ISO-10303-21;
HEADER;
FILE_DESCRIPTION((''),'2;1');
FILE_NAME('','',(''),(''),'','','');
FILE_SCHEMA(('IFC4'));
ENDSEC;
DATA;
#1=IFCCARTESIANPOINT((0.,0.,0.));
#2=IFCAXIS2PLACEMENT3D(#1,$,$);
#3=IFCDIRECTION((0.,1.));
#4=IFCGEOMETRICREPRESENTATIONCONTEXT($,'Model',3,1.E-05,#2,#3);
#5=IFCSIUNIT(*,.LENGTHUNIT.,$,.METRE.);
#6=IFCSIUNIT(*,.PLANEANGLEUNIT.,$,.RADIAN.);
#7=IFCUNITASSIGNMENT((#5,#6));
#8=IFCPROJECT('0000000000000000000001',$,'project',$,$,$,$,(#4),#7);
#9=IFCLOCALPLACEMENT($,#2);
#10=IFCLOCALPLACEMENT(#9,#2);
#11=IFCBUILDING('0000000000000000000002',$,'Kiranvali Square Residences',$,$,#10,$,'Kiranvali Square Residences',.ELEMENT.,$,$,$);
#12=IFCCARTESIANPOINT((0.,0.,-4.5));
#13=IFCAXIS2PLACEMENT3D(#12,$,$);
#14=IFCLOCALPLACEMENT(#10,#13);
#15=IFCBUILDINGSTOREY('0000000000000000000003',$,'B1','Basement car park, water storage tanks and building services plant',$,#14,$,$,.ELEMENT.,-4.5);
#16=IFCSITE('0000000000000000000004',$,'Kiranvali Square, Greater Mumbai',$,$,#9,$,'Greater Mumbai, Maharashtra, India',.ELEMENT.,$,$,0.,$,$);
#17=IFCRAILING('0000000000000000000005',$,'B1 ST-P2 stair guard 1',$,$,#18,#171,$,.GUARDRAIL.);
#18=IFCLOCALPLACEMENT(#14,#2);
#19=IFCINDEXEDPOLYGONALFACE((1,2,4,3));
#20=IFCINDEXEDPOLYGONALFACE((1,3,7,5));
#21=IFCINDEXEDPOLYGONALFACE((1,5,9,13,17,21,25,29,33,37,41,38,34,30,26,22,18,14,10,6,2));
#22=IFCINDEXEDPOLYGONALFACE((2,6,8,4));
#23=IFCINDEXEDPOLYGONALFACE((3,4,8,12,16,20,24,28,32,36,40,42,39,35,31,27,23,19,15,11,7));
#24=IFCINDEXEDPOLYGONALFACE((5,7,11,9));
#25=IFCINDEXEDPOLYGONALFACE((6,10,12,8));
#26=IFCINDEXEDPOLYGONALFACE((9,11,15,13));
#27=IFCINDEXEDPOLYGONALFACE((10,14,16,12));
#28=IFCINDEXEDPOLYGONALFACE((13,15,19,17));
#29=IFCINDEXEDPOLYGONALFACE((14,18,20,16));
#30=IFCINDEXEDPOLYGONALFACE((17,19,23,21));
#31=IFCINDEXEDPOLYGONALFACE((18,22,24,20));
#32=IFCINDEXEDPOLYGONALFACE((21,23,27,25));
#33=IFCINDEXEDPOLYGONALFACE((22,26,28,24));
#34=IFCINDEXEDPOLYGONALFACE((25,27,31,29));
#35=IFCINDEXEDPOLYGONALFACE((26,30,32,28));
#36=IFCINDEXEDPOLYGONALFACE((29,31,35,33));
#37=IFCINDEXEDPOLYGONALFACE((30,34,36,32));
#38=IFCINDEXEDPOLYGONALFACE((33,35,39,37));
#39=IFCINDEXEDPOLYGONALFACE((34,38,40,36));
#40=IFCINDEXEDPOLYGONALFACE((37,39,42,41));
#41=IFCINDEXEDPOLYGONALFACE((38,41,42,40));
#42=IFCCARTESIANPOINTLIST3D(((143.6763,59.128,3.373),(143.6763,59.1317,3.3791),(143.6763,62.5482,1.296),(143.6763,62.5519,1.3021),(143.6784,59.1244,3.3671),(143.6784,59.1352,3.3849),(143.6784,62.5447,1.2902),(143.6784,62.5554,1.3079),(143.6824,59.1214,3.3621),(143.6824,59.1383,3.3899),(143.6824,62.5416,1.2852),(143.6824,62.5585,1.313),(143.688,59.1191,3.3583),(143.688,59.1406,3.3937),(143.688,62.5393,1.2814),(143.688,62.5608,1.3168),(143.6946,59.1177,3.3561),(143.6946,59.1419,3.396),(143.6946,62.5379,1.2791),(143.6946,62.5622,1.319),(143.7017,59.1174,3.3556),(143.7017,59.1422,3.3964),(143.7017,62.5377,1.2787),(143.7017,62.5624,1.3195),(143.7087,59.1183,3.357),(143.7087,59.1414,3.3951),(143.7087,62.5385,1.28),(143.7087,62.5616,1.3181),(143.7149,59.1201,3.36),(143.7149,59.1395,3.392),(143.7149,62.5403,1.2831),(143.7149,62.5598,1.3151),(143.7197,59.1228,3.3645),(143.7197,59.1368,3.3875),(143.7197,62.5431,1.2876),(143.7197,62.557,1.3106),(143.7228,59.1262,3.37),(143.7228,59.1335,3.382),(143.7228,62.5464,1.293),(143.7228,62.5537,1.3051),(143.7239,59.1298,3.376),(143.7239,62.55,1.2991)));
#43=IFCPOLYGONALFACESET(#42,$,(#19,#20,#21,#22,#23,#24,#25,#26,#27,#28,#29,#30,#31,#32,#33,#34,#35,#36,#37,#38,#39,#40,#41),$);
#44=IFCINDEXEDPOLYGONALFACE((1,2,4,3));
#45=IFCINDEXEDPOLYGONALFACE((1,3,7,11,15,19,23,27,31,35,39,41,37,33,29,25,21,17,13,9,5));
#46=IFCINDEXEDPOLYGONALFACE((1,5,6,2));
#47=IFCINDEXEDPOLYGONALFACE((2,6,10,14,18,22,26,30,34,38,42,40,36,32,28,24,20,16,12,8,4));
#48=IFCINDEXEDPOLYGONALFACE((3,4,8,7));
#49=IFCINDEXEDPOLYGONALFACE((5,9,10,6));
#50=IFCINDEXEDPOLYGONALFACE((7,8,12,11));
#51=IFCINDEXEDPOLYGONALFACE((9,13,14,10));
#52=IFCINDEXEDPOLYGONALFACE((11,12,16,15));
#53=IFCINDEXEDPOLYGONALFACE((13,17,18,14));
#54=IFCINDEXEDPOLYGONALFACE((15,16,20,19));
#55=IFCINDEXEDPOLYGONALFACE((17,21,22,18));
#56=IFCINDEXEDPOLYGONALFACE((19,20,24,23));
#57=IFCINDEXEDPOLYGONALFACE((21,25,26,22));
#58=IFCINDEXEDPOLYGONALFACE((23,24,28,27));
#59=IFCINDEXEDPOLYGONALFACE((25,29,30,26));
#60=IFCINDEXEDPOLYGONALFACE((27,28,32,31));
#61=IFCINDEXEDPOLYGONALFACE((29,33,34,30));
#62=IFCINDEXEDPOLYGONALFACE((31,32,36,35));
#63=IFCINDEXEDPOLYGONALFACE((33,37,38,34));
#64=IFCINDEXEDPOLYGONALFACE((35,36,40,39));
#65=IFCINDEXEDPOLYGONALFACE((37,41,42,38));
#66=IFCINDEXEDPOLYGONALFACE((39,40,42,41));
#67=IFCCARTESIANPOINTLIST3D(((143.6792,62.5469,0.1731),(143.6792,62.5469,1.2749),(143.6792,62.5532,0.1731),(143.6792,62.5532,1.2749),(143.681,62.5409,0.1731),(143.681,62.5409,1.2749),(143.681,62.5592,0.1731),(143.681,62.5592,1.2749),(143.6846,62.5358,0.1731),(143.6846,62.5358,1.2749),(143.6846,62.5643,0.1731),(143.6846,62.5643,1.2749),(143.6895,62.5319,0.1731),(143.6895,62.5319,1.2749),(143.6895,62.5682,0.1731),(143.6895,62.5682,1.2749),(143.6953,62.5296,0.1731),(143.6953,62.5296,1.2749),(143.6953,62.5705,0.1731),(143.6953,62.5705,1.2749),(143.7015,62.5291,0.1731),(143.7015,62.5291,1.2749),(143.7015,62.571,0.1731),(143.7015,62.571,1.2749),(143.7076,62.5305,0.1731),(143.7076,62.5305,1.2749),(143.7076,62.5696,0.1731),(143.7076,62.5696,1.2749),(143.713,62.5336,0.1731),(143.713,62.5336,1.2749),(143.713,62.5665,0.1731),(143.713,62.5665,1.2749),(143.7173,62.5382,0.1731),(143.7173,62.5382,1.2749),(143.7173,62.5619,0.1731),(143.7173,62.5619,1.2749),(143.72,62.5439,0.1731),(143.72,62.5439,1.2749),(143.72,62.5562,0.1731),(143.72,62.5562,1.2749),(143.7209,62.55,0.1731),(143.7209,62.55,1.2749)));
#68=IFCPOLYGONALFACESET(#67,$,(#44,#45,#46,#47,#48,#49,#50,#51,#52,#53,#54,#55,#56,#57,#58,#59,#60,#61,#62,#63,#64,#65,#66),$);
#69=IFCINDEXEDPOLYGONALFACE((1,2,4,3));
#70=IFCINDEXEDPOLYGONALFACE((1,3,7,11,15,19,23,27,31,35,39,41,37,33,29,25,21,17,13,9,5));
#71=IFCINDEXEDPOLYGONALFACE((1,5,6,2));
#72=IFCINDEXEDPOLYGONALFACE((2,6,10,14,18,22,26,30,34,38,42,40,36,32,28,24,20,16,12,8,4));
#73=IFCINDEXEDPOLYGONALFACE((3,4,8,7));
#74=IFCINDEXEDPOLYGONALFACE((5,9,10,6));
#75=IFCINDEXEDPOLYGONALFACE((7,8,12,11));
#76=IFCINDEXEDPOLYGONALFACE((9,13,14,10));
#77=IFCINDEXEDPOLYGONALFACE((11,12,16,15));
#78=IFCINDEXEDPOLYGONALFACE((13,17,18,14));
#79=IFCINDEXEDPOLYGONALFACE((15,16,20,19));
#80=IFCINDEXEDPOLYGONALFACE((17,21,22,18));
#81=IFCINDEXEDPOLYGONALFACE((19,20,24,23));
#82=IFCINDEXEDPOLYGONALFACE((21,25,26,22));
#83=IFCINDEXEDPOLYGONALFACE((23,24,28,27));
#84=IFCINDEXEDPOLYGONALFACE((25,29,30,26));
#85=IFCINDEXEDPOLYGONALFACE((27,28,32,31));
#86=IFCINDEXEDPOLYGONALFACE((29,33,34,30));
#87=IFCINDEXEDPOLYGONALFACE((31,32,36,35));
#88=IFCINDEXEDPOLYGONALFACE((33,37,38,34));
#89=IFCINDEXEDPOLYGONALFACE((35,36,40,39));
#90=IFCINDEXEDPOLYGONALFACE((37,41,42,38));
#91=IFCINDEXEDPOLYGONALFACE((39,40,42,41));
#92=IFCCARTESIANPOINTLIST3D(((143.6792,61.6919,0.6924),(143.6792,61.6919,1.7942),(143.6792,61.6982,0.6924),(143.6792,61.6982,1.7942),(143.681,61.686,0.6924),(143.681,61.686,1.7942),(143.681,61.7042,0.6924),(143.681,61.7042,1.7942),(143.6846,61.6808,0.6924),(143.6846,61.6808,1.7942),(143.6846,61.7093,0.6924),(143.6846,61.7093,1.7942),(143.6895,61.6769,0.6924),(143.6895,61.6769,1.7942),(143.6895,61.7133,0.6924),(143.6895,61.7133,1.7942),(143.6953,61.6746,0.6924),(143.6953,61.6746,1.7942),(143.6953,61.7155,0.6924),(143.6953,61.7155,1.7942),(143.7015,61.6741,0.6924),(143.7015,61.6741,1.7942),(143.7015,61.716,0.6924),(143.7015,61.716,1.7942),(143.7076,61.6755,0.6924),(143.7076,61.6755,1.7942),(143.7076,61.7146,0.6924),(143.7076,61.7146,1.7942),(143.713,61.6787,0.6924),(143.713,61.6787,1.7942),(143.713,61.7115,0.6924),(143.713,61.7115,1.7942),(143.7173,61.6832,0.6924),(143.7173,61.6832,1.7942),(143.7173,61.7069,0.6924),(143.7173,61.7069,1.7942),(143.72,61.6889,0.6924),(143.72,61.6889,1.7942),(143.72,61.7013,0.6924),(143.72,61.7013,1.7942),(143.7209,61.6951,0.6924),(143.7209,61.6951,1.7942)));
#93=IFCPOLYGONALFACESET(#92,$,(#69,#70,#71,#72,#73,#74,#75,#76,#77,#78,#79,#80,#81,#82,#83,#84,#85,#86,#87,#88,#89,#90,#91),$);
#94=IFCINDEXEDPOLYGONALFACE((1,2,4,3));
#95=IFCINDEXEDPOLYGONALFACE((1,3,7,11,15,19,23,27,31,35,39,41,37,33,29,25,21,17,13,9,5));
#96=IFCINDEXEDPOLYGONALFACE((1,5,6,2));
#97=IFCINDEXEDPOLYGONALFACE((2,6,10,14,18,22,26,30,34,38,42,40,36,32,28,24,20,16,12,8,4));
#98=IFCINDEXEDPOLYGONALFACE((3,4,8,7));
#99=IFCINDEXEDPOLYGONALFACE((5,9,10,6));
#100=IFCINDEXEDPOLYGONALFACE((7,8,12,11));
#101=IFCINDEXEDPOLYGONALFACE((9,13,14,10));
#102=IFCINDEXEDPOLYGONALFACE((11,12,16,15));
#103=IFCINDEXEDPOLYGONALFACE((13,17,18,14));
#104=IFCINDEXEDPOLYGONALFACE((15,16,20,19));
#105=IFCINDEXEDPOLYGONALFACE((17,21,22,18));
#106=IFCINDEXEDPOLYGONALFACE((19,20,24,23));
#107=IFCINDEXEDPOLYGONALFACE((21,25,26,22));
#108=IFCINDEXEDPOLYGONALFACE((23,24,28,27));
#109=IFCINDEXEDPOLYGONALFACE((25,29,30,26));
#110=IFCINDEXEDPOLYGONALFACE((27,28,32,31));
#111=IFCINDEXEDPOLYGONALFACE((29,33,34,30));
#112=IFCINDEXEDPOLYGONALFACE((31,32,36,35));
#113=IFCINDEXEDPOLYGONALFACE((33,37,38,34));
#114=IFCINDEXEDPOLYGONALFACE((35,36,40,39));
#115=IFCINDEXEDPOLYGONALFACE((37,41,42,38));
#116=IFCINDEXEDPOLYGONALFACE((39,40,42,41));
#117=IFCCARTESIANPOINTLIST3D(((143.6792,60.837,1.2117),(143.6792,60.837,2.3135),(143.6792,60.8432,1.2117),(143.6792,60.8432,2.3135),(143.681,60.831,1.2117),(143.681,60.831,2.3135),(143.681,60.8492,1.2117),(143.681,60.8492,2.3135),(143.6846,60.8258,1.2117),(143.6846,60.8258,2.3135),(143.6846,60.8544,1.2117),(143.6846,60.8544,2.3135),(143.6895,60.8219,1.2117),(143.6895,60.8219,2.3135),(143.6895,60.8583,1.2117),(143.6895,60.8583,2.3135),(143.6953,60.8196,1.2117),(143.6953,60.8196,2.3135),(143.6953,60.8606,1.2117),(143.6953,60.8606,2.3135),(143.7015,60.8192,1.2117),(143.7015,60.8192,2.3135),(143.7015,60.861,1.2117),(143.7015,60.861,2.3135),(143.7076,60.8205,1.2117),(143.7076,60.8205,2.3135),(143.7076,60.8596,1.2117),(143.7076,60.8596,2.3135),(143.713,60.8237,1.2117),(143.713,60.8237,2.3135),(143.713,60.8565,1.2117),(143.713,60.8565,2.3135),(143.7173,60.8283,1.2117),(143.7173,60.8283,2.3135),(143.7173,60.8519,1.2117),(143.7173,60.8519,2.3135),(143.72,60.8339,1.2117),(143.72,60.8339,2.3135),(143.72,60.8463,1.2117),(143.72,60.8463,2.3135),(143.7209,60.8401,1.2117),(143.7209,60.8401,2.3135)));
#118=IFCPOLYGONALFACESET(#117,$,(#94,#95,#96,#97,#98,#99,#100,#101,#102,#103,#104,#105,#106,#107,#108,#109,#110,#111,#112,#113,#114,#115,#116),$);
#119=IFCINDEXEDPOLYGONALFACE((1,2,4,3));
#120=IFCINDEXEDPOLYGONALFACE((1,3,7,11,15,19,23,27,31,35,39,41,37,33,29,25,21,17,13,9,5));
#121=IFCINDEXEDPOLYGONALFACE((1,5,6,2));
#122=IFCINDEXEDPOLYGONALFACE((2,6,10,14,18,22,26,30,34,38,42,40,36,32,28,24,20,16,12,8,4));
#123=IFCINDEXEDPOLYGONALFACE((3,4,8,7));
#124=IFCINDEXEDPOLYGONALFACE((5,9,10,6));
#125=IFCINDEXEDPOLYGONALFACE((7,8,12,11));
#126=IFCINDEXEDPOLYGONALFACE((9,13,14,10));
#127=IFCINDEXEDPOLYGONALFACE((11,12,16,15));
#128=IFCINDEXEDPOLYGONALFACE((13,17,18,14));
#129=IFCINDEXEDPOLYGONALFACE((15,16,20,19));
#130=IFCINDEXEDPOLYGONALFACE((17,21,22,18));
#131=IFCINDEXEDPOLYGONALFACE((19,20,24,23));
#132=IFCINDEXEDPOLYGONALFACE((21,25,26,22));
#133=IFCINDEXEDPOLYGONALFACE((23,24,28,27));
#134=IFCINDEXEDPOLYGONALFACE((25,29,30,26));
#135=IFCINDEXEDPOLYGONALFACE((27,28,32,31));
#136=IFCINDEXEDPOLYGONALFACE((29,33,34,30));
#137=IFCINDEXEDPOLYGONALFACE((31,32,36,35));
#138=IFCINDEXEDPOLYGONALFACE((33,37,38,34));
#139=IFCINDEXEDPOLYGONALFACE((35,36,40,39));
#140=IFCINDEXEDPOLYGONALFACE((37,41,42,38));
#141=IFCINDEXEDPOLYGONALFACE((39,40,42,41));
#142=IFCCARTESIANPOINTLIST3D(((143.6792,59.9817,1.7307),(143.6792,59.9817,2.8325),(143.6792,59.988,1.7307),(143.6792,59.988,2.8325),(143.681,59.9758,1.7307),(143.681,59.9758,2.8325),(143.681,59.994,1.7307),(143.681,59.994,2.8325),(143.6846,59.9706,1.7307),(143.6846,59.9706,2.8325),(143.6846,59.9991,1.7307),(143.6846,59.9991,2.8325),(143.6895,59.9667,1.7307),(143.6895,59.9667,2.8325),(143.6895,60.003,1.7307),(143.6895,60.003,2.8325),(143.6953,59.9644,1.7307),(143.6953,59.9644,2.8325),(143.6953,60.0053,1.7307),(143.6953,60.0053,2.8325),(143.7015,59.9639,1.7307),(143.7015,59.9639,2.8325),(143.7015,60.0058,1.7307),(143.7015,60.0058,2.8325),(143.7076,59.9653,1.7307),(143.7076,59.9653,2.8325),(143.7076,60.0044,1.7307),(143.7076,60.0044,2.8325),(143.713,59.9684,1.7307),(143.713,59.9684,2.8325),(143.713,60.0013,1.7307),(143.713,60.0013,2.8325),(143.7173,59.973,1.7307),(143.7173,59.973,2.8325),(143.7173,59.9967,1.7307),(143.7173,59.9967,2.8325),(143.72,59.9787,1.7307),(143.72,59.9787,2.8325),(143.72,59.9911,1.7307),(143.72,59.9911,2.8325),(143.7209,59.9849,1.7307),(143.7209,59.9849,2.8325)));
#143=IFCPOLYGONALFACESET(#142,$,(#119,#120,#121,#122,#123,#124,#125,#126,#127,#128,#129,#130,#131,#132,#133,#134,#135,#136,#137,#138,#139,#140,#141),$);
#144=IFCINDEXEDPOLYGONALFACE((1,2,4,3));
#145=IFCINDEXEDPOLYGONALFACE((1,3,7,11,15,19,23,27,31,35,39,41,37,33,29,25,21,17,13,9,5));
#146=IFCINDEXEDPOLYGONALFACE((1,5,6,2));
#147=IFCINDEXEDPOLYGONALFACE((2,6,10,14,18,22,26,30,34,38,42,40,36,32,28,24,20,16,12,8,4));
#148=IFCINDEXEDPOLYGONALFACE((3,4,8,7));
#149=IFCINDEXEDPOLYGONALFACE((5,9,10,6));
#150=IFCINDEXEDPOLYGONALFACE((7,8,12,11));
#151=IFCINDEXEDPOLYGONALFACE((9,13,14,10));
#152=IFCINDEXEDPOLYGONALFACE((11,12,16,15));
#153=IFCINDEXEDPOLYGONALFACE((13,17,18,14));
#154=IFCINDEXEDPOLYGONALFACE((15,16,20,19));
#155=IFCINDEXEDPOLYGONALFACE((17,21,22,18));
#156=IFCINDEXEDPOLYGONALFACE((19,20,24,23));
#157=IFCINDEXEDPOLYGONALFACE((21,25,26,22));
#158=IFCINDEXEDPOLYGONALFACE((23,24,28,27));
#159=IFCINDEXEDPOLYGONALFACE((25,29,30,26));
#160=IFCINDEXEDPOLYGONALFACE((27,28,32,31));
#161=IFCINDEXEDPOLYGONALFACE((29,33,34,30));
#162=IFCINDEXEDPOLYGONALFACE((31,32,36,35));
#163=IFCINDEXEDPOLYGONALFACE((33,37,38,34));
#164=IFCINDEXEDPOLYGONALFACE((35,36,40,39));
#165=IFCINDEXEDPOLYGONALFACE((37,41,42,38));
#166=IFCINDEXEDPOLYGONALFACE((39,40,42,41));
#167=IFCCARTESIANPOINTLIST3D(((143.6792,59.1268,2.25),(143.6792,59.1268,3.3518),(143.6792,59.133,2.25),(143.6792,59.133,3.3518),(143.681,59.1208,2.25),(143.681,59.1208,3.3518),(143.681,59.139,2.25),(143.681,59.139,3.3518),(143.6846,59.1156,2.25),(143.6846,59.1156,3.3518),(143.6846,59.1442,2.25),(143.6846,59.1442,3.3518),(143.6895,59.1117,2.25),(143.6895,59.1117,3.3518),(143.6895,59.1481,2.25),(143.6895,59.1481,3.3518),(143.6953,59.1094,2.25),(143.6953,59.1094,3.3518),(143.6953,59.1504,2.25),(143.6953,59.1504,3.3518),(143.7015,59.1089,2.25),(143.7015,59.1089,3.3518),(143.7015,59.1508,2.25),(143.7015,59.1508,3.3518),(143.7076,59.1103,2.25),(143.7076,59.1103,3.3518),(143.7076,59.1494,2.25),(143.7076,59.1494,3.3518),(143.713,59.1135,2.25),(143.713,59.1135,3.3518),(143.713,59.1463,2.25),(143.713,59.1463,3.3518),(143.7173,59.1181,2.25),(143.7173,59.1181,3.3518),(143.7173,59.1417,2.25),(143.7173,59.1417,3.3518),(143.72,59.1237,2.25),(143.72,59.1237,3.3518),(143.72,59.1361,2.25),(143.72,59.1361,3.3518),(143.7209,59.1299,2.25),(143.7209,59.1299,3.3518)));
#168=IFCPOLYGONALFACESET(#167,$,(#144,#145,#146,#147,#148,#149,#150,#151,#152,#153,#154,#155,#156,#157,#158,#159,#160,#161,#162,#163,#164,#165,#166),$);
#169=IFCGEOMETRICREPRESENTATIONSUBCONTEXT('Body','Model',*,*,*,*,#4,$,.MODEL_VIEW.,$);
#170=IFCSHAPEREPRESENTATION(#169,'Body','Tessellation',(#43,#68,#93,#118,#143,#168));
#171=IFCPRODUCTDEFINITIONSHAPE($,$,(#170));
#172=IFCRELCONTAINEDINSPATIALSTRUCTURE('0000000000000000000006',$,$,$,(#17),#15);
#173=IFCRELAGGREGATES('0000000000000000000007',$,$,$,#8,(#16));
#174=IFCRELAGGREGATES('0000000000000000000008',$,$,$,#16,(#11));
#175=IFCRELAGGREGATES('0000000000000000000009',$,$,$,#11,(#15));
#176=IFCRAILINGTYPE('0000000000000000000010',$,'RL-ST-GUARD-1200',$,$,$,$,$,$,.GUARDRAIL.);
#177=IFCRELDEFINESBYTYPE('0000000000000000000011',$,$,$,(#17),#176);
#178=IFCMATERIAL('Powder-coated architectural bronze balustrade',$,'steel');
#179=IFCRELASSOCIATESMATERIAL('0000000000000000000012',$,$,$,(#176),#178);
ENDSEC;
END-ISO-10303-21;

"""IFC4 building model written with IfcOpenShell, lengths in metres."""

from ifc_helpers import new_model, si_unit, direction, frame, origin, origin_2d, place, context, subcontext, project, spatial, circle, extrude, material, type_object, element, save


model = new_model("IFC4")

# Units and contexts
model_context = context("Model", 3, precision=1e-05, world=origin(), true_north=direction((0.0, 1.0)))
body_context = subcontext(model_context, "Body", "Model", "MODEL_VIEW")
ifc_project = project(units=[si_unit("LENGTHUNIT", "METRE"), si_unit("PLANEANGLEUNIT", "RADIAN")], contexts=[model_context])

# Site, building, storey
site_placement = place(None, origin())
site = spatial("IfcSite", under=ifc_project, at=site_placement, Name="Kiranvali Square, Greater Mumbai", LongName="Greater Mumbai, Maharashtra, India", CompositionType="ELEMENT", RefElevation=0.0)
building_placement = place(site_placement, origin())
building = spatial("IfcBuilding", under=site, at=building_placement, Name="Kiranvali Square Residences", LongName="Kiranvali Square Residences", CompositionType="ELEMENT")
storey_placement = place(building_placement, frame((0.0, 0.0, -4.5)))
storey = spatial("IfcBuildingStorey", under=building, at=storey_placement, Name="B1", Description="Basement car park, water storage tanks and building services plant", CompositionType="ELEMENT", Elevation=-4.5)

# Railing
ifc_material_1 = material(Name="Powder-coated architectural bronze balustrade", Category="steel")
railing_type_1 = type_object("IfcRailingType", Name="RL-ST-GUARD-1200", PredefinedType="GUARDRAIL", material=ifc_material_1)
railing_1_placement = place(storey_placement, frame((143.7, 62.55, 0.1731)))
element("IfcRailing", 1, at=railing_1_placement, inside=storey, type_object=railing_type_1, Name="B1 ST-P2 stair guard 1", PredefinedType="GUARDRAIL", context=body_context, shape_type="SweptSolid", body=[
    extrude(circle(Radius=0.0239, at=origin_2d()), frame((0.0, 0.0, 1.126), z_axis=(0.0, -0.854746, 0.519047), x_axis=(1.0, 0.0, 0.0)), (0.0, 0.0, 1.0), 4.0015),
    extrude(circle(Radius=0.021, at=origin_2d()), origin(), (0.0, 0.0, 1.0), 1.1018),
    extrude(circle(Radius=0.021, at=origin_2d()), frame((0.0, -0.855, 0.5193)), (0.0, 0.0, 1.0), 1.1018),
    extrude(circle(Radius=0.021, at=origin_2d()), frame((0.0, -1.71, 1.0386)), (0.0, 0.0, 1.0), 1.1018),
    extrude(circle(Radius=0.021, at=origin_2d()), frame((0.0, -2.5652, 1.5576)), (0.0, 0.0, 1.0), 1.1018),
    extrude(circle(Radius=0.021, at=origin_2d()), frame((0.0, -3.4202, 2.0769)), (0.0, 0.0, 1.0), 1.1018),
])

save(model, "model.ifc")
